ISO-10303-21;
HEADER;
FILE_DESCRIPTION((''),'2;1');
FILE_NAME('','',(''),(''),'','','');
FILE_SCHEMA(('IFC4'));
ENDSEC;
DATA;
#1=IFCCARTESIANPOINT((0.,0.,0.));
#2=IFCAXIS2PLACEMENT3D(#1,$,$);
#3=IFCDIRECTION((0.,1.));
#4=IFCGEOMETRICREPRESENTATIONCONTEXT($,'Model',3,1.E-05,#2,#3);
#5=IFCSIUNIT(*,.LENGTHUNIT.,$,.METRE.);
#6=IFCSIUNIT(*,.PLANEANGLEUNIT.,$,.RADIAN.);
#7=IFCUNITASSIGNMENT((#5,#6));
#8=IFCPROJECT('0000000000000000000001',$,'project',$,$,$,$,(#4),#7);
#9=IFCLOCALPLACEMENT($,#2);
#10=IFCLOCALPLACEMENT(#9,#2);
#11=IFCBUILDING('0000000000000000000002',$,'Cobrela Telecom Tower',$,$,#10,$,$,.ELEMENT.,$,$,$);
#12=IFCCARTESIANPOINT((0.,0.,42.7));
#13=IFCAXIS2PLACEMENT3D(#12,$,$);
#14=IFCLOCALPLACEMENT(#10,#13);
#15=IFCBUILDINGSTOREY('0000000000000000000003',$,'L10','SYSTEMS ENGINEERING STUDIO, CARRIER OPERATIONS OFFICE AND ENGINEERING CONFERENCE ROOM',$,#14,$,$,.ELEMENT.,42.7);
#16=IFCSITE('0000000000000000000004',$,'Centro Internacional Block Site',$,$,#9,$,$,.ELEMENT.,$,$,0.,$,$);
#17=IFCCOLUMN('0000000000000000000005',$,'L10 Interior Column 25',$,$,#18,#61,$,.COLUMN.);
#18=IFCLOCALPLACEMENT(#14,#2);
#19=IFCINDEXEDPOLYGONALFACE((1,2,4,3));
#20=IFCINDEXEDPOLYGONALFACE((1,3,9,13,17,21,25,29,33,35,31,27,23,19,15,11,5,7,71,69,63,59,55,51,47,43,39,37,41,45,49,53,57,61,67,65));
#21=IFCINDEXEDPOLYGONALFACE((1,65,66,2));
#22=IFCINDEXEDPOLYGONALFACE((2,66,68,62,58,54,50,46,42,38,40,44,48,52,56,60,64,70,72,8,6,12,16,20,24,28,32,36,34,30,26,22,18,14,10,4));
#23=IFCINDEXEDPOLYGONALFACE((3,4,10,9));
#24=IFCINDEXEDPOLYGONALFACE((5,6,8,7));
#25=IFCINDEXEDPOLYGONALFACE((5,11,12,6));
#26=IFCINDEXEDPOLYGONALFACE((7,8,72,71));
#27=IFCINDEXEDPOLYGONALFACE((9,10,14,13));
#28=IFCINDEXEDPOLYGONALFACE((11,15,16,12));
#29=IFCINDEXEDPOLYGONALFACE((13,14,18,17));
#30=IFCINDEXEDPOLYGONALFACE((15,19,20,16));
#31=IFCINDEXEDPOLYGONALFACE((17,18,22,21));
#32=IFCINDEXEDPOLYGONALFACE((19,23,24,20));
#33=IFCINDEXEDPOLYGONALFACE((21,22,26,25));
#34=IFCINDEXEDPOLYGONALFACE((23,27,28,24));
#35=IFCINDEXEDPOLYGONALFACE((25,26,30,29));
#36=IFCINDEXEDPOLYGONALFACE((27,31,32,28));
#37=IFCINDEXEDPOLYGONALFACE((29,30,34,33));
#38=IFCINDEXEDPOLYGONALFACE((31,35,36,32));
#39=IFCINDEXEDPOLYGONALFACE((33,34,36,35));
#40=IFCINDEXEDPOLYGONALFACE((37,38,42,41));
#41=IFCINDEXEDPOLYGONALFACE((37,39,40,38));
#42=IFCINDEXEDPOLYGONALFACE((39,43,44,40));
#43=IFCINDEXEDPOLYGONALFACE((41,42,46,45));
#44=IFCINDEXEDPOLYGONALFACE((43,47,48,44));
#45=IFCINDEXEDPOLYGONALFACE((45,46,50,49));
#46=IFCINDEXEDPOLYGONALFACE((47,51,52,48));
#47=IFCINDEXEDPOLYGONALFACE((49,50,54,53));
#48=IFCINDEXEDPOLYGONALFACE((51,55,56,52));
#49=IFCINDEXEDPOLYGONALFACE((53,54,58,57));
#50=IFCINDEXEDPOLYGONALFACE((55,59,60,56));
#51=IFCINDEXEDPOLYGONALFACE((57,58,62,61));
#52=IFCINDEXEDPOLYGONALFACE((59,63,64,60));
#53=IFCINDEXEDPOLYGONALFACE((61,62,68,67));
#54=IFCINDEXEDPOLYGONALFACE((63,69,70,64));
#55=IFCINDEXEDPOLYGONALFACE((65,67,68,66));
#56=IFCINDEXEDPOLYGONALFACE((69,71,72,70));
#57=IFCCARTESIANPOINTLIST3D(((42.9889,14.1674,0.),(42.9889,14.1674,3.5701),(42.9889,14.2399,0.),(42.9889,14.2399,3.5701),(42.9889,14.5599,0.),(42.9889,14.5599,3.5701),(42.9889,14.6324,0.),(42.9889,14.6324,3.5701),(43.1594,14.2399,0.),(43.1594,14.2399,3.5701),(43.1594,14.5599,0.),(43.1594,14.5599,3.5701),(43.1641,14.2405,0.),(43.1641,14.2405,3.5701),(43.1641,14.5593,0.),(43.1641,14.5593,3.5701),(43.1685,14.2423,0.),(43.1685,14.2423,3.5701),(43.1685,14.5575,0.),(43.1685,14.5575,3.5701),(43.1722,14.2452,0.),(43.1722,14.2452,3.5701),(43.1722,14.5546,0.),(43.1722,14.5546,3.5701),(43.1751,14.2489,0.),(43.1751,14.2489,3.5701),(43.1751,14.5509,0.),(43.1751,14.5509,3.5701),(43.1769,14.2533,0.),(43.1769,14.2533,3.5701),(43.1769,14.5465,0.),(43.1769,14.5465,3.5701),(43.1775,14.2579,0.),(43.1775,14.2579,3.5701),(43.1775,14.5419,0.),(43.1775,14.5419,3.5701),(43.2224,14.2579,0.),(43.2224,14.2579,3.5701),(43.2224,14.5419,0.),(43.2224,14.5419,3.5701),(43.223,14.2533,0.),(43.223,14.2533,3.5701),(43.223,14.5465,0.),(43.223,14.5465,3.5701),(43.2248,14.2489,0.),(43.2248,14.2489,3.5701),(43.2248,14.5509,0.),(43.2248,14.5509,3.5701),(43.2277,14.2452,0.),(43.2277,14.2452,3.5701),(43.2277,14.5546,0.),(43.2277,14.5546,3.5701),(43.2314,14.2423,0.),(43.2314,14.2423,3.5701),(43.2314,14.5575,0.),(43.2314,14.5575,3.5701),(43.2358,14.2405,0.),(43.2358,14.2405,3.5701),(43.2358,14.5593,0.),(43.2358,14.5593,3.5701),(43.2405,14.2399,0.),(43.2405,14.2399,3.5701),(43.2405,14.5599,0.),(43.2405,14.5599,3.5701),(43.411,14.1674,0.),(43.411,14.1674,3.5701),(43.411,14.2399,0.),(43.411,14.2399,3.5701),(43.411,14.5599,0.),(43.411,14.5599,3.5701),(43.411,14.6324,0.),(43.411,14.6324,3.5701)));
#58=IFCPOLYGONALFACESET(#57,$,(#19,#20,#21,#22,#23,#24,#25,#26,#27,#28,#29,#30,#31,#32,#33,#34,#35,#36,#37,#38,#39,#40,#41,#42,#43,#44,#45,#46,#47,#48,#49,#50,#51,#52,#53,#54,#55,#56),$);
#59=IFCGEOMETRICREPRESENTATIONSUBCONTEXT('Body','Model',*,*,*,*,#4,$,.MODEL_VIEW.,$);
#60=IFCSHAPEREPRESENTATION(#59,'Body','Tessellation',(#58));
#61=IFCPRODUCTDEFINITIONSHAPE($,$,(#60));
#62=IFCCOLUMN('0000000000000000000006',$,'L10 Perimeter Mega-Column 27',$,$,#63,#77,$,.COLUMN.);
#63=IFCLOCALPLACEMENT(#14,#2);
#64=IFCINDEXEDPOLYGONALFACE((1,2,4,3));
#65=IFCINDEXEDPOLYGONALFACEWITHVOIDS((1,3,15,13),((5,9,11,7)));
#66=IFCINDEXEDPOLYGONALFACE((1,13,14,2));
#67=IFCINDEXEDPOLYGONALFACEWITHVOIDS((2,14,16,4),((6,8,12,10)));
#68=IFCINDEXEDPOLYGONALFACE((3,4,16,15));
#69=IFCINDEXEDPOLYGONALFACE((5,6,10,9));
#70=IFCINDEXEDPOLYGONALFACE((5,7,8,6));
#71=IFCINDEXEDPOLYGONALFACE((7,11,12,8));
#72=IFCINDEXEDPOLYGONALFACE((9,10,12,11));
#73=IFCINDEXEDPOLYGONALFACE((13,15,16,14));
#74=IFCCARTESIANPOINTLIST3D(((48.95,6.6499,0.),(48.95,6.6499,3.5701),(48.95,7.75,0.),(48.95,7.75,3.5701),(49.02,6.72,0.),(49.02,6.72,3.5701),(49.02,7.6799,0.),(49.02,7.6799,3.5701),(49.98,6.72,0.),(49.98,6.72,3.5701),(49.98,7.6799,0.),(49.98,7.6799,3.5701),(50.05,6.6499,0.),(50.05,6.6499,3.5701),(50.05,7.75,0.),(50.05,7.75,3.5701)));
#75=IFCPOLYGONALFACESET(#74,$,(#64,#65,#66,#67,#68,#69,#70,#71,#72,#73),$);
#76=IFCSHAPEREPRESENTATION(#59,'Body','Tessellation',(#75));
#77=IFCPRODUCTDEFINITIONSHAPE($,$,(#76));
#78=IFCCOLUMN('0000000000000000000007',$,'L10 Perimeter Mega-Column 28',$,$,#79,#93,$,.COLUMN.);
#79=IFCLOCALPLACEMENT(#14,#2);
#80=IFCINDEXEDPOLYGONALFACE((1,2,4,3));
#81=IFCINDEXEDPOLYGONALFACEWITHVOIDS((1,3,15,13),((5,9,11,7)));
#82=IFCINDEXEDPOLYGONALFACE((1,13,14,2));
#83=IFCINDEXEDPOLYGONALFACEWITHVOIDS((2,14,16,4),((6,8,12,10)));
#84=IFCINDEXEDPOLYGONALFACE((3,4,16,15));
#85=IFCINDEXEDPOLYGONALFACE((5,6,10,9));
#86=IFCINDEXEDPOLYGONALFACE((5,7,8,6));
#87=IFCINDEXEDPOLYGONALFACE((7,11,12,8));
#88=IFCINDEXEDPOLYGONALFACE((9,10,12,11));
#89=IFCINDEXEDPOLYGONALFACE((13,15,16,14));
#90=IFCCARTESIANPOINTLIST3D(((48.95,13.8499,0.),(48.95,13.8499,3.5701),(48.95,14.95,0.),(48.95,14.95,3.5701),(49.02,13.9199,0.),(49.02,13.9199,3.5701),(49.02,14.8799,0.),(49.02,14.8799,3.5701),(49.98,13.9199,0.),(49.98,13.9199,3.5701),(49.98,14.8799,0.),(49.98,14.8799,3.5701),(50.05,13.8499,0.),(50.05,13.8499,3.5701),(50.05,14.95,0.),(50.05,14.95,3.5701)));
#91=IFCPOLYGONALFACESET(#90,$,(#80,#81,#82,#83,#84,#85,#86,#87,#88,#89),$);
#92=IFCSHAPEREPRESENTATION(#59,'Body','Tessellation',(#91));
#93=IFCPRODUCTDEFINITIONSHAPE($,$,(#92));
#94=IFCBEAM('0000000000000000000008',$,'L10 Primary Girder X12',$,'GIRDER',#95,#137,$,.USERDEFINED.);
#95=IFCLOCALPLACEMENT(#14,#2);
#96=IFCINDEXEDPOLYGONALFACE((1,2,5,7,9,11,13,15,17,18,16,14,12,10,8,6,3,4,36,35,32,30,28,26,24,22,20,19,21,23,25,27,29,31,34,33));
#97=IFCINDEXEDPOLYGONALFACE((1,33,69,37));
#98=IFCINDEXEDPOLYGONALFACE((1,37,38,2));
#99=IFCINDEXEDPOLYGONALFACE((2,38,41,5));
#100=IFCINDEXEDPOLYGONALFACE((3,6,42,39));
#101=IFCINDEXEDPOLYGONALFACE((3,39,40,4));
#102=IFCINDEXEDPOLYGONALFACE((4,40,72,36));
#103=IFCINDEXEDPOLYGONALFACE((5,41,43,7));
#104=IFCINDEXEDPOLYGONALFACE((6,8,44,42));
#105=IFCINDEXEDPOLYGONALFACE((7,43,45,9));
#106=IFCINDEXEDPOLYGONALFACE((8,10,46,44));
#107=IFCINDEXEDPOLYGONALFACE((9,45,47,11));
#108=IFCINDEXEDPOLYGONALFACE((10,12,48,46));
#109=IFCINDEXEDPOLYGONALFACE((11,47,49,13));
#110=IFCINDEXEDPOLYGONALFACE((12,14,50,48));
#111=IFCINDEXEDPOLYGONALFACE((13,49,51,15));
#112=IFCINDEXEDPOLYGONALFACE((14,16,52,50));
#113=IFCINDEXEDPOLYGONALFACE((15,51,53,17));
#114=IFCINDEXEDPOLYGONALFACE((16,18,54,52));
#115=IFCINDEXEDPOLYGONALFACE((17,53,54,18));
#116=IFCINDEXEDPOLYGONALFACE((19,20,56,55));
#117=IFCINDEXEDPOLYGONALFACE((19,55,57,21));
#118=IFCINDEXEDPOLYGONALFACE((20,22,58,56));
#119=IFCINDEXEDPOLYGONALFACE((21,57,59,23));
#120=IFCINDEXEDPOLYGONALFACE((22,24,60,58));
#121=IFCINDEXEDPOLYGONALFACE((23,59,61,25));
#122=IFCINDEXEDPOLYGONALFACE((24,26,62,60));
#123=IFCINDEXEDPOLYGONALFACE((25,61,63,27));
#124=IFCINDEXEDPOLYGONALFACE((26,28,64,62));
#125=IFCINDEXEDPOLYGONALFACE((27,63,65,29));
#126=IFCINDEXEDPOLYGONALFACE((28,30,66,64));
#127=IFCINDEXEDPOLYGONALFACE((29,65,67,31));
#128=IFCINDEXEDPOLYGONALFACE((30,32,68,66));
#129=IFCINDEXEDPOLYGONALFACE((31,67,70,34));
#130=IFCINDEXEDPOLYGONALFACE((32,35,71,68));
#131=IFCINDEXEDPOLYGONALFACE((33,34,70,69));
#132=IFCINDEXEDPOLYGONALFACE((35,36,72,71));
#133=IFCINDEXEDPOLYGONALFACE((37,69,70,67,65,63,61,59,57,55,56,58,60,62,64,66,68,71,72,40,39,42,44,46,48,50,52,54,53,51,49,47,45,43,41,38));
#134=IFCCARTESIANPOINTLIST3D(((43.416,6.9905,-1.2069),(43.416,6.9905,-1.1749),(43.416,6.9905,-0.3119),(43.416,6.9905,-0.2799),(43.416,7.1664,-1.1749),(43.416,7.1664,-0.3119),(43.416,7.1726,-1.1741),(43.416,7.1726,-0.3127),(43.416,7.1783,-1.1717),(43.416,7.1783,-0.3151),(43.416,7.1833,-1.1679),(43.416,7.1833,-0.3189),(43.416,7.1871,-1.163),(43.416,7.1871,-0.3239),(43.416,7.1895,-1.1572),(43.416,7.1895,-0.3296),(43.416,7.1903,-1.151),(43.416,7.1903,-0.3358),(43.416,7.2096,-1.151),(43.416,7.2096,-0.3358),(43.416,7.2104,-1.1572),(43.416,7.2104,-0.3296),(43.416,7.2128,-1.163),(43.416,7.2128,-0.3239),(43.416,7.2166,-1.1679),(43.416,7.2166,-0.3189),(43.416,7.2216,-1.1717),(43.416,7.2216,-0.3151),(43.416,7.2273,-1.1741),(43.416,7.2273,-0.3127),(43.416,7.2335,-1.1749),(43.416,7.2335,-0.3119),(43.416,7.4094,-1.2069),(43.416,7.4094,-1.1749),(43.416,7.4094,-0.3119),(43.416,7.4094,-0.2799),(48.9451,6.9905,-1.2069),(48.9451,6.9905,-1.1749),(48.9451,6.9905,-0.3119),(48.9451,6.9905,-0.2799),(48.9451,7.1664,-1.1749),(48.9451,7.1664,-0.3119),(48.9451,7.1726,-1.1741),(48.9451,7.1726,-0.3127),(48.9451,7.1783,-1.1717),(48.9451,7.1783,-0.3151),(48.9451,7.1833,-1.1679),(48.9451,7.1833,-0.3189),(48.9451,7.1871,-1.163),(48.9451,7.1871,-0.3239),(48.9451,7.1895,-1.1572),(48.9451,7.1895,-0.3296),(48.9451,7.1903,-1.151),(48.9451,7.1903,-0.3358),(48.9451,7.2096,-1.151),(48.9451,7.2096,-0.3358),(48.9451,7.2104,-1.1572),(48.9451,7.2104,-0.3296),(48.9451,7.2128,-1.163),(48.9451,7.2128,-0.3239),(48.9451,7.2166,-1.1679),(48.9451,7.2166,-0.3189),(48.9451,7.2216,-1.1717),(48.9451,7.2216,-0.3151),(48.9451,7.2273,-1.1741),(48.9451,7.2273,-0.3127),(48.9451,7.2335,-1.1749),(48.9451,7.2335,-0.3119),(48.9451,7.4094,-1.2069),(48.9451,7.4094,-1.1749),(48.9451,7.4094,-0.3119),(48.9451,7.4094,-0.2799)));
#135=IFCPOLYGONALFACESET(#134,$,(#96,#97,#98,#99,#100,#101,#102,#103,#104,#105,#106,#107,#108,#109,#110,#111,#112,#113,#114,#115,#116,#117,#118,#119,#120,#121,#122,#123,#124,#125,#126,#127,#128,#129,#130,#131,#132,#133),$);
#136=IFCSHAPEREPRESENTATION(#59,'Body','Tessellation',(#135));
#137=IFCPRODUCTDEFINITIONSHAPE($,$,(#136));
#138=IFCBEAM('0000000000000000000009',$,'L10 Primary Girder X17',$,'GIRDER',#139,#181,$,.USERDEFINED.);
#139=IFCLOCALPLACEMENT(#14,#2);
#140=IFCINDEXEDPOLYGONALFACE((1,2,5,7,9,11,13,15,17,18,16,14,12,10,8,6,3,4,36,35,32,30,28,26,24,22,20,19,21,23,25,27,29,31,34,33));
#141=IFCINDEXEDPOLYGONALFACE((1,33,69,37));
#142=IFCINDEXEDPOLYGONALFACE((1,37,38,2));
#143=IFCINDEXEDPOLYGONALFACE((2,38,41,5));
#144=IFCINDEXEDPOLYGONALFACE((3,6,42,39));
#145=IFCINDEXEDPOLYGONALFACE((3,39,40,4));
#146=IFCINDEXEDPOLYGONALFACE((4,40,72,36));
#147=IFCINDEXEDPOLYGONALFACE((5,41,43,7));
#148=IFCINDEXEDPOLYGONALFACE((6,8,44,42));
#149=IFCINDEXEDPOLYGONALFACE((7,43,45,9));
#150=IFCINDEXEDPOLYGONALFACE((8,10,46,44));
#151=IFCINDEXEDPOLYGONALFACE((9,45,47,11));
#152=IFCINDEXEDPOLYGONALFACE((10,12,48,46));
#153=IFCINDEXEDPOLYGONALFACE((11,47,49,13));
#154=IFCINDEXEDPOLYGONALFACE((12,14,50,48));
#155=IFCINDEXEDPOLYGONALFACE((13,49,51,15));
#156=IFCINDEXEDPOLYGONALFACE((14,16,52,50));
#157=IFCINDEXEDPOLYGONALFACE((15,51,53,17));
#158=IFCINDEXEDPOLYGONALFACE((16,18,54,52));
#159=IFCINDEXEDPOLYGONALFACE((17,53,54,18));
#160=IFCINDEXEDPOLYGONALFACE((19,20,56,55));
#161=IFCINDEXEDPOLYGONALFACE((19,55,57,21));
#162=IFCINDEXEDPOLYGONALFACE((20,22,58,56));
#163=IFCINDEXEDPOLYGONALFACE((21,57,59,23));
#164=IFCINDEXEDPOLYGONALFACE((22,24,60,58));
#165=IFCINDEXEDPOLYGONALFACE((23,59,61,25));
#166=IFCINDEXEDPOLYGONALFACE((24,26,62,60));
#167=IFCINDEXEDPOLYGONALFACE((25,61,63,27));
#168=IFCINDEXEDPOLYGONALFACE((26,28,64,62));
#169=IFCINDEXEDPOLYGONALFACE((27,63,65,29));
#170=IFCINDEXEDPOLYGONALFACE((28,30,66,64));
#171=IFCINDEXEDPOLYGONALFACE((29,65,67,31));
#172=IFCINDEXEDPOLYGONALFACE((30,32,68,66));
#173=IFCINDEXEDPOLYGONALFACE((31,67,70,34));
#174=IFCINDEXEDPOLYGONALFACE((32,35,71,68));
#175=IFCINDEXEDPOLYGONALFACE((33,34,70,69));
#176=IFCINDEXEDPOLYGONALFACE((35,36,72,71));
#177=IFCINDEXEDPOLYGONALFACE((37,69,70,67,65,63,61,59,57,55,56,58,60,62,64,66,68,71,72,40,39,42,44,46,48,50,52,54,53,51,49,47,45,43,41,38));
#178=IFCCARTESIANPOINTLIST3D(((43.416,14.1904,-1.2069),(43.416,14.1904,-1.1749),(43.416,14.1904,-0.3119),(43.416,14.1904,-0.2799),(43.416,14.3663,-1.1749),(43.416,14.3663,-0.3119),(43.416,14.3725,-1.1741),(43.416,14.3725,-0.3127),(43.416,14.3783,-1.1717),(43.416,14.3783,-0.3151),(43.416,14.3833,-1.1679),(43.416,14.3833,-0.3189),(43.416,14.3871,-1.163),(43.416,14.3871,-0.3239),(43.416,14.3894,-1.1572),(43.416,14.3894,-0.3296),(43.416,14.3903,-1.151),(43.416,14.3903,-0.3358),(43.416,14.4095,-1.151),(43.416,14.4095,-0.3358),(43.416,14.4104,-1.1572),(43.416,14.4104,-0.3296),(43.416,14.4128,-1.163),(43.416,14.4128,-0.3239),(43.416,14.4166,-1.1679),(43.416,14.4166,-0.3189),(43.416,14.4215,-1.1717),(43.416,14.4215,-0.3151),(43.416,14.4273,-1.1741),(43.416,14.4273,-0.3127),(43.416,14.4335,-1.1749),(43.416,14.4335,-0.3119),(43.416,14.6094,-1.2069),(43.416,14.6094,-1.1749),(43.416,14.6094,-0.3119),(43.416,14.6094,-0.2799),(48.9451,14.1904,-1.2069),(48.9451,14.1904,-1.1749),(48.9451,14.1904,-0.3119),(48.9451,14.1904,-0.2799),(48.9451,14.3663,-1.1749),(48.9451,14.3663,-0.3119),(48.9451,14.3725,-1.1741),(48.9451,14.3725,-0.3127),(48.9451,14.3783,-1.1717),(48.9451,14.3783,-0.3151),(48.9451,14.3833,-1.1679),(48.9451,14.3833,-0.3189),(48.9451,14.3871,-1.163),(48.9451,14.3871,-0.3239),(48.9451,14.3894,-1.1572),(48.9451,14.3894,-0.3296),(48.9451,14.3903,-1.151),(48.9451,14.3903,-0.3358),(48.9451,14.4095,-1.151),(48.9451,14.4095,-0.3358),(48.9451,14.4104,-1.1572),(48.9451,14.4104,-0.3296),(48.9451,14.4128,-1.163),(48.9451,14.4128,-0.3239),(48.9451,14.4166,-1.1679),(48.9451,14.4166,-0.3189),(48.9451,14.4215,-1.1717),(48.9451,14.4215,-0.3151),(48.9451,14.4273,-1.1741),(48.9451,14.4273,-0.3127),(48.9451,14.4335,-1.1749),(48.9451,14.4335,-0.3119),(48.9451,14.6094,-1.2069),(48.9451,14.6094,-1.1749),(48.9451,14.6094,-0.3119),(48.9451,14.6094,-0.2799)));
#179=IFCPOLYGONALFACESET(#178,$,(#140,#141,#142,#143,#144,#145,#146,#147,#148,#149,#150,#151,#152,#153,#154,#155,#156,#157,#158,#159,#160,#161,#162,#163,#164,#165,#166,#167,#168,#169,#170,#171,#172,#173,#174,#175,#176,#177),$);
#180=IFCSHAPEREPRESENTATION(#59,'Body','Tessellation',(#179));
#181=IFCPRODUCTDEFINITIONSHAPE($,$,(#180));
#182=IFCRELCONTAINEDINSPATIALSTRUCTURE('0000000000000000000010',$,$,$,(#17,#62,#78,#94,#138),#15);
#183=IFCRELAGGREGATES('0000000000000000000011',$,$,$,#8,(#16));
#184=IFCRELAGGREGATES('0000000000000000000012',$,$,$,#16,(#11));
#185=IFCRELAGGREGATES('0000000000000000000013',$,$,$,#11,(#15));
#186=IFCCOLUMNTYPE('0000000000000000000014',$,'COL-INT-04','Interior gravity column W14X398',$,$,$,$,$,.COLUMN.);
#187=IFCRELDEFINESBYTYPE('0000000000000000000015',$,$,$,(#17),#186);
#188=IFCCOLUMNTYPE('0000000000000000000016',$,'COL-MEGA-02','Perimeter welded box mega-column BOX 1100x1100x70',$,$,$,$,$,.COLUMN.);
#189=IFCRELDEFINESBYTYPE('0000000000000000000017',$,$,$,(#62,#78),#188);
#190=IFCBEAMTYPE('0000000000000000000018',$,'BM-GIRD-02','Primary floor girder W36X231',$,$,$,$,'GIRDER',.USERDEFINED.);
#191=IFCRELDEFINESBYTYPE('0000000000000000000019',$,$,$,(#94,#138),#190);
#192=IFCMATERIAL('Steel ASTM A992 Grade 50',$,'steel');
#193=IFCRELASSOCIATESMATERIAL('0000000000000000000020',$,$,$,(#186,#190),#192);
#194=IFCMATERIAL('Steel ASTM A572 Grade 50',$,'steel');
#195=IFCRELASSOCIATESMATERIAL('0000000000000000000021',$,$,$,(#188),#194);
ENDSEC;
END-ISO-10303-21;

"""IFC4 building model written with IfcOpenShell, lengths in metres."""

from ifc_helpers import new_model, si_unit, direction, frame, origin, origin_2d, place, context, subcontext, project, spatial, hollow_rectangle, i_section, extrude, material, material_profile, profile_set, type_object, element, save


model = new_model("IFC4")

# Units and contexts
model_context = context("Model", 3, precision=1e-05, world=origin(), true_north=direction((0.0, 1.0)))
body_context = subcontext(model_context, "Body", "Model", "MODEL_VIEW")
ifc_project = project(units=[si_unit("LENGTHUNIT", "METRE"), si_unit("PLANEANGLEUNIT", "RADIAN")], contexts=[model_context])

# Site, building, storey
site_placement = place(None, origin())
site = spatial("IfcSite", under=ifc_project, at=site_placement, Name="Centro Internacional Block Site", CompositionType="ELEMENT", RefElevation=0.0)
building_placement = place(site_placement, origin())
building = spatial("IfcBuilding", under=site, at=building_placement, Name="Cobrela Telecom Tower", CompositionType="ELEMENT")
storey_placement = place(building_placement, frame((0.0, 0.0, 42.7)))
storey = spatial("IfcBuildingStorey", under=building, at=storey_placement, Name="L10", Description="SYSTEMS ENGINEERING STUDIO, CARRIER OPERATIONS OFFICE AND ENGINEERING CONFERENCE ROOM", CompositionType="ELEMENT", Elevation=42.7)

# Columns
ifc_material_1 = material(Name="Steel ASTM A992 Grade 50", Category="steel")
ifc_material_profile_1 = material_profile(ifc_material_1, i_section(OverallWidth=0.4221, OverallDepth=0.4651, WebThickness=0.0449, FlangeThickness=0.0725, FilletRadius=0.0181, at=origin_2d()), Name="W14X398")
ifc_profile_set_1 = profile_set([ifc_material_profile_1], Name="Steel ASTM A992 Grade 50")
column_type_1 = type_object("IfcColumnType", Name="COL-INT-04", Description="Interior gravity column W14X398", PredefinedType="COLUMN", material=ifc_profile_set_1)
column_placement = place(storey_placement, frame((43.2, 14.3999, 0.0), z_axis=(0.0, 0.0, 1.0), x_axis=(1.0, 0.0, 0.0)))
element("IfcColumn", 1, at=column_placement, inside=storey, type_object=column_type_1, Name="L10 Interior Column 25", PredefinedType="COLUMN", context=body_context, shape_type="SweptSolid", body=[
    extrude(i_section(OverallWidth=0.4221, OverallDepth=0.4651, WebThickness=0.0449, FlangeThickness=0.0725, FilletRadius=0.0181, at=origin_2d()), origin(), (0.0, 0.0, 1.0), 3.5701),
])
ifc_material_2 = material(Name="Steel ASTM A572 Grade 50", Category="steel")
ifc_material_profile_2 = material_profile(ifc_material_2, hollow_rectangle(XDim=1.1001, YDim=1.1001, WallThickness=0.0701, at=origin_2d()), Name="BOX 1100x1100x70")
ifc_profile_set_2 = profile_set([ifc_material_profile_2], Name="Steel ASTM A572 Grade 50")
column_type_2 = type_object("IfcColumnType", Name="COL-MEGA-02", Description="Perimeter welded box mega-column BOX 1100x1100x70", PredefinedType="COLUMN", material=ifc_profile_set_2)
for number, where, z_axis, x_axis, name in (
    (2, (49.5, 7.2, 0.0), (0.0, 0.0, 1.0), (1.0, 0.0, 0.0), "L10 Perimeter Mega-Column 27"),
    (3, (49.5, 14.3999, 0.0), (0.0, 0.0, 1.0), (1.0, 0.0, 0.0), "L10 Perimeter Mega-Column 28"),
):
    element("IfcColumn", number, at=place(storey_placement, frame(where, z_axis=z_axis, x_axis=x_axis)), inside=storey, type_object=column_type_2, Name=name, PredefinedType="COLUMN", context=body_context, shape_type="SweptSolid", body=[
        extrude(hollow_rectangle(XDim=1.1001, YDim=1.1001, WallThickness=0.0701, at=origin_2d()), origin(), (0.0, 0.0, 1.0), 3.5701),
    ])

# Beams
ifc_material_profile_3 = material_profile(ifc_material_1, i_section(OverallWidth=0.4189, OverallDepth=0.927, WebThickness=0.0193, FlangeThickness=0.032, FilletRadius=0.0239, at=origin_2d()), Name="W36X231")
ifc_profile_set_3 = profile_set([ifc_material_profile_3], Name="Steel ASTM A992 Grade 50")
beam_type_1 = type_object("IfcBeamType", Name="BM-GIRD-02", Description="Primary floor girder W36X231", ElementType="GIRDER", PredefinedType="USERDEFINED", material=ifc_profile_set_3)
for number, where, z_axis, x_axis, name in (
    (4, (43.416, 7.2, -0.7434), (1.0, 0.0, 0.0), (0.0, 1.0, 0.0), "L10 Primary Girder X12"),
    (5, (43.416, 14.3999, -0.7434), (1.0, 0.0, 0.0), (0.0, 1.0, 0.0), "L10 Primary Girder X17"),
):
    element("IfcBeam", number, at=place(storey_placement, frame(where, z_axis=z_axis, x_axis=x_axis)), inside=storey, type_object=beam_type_1, Name=name, ObjectType="GIRDER", PredefinedType="USERDEFINED", context=body_context, shape_type="SweptSolid", body=[
        extrude(i_section(OverallWidth=0.4189, OverallDepth=0.927, WebThickness=0.0193, FlangeThickness=0.032, FilletRadius=0.0239, at=origin_2d()), origin(), (0.0, 0.0, 1.0), 5.5291),
    ])

save(model, "model.ifc")
